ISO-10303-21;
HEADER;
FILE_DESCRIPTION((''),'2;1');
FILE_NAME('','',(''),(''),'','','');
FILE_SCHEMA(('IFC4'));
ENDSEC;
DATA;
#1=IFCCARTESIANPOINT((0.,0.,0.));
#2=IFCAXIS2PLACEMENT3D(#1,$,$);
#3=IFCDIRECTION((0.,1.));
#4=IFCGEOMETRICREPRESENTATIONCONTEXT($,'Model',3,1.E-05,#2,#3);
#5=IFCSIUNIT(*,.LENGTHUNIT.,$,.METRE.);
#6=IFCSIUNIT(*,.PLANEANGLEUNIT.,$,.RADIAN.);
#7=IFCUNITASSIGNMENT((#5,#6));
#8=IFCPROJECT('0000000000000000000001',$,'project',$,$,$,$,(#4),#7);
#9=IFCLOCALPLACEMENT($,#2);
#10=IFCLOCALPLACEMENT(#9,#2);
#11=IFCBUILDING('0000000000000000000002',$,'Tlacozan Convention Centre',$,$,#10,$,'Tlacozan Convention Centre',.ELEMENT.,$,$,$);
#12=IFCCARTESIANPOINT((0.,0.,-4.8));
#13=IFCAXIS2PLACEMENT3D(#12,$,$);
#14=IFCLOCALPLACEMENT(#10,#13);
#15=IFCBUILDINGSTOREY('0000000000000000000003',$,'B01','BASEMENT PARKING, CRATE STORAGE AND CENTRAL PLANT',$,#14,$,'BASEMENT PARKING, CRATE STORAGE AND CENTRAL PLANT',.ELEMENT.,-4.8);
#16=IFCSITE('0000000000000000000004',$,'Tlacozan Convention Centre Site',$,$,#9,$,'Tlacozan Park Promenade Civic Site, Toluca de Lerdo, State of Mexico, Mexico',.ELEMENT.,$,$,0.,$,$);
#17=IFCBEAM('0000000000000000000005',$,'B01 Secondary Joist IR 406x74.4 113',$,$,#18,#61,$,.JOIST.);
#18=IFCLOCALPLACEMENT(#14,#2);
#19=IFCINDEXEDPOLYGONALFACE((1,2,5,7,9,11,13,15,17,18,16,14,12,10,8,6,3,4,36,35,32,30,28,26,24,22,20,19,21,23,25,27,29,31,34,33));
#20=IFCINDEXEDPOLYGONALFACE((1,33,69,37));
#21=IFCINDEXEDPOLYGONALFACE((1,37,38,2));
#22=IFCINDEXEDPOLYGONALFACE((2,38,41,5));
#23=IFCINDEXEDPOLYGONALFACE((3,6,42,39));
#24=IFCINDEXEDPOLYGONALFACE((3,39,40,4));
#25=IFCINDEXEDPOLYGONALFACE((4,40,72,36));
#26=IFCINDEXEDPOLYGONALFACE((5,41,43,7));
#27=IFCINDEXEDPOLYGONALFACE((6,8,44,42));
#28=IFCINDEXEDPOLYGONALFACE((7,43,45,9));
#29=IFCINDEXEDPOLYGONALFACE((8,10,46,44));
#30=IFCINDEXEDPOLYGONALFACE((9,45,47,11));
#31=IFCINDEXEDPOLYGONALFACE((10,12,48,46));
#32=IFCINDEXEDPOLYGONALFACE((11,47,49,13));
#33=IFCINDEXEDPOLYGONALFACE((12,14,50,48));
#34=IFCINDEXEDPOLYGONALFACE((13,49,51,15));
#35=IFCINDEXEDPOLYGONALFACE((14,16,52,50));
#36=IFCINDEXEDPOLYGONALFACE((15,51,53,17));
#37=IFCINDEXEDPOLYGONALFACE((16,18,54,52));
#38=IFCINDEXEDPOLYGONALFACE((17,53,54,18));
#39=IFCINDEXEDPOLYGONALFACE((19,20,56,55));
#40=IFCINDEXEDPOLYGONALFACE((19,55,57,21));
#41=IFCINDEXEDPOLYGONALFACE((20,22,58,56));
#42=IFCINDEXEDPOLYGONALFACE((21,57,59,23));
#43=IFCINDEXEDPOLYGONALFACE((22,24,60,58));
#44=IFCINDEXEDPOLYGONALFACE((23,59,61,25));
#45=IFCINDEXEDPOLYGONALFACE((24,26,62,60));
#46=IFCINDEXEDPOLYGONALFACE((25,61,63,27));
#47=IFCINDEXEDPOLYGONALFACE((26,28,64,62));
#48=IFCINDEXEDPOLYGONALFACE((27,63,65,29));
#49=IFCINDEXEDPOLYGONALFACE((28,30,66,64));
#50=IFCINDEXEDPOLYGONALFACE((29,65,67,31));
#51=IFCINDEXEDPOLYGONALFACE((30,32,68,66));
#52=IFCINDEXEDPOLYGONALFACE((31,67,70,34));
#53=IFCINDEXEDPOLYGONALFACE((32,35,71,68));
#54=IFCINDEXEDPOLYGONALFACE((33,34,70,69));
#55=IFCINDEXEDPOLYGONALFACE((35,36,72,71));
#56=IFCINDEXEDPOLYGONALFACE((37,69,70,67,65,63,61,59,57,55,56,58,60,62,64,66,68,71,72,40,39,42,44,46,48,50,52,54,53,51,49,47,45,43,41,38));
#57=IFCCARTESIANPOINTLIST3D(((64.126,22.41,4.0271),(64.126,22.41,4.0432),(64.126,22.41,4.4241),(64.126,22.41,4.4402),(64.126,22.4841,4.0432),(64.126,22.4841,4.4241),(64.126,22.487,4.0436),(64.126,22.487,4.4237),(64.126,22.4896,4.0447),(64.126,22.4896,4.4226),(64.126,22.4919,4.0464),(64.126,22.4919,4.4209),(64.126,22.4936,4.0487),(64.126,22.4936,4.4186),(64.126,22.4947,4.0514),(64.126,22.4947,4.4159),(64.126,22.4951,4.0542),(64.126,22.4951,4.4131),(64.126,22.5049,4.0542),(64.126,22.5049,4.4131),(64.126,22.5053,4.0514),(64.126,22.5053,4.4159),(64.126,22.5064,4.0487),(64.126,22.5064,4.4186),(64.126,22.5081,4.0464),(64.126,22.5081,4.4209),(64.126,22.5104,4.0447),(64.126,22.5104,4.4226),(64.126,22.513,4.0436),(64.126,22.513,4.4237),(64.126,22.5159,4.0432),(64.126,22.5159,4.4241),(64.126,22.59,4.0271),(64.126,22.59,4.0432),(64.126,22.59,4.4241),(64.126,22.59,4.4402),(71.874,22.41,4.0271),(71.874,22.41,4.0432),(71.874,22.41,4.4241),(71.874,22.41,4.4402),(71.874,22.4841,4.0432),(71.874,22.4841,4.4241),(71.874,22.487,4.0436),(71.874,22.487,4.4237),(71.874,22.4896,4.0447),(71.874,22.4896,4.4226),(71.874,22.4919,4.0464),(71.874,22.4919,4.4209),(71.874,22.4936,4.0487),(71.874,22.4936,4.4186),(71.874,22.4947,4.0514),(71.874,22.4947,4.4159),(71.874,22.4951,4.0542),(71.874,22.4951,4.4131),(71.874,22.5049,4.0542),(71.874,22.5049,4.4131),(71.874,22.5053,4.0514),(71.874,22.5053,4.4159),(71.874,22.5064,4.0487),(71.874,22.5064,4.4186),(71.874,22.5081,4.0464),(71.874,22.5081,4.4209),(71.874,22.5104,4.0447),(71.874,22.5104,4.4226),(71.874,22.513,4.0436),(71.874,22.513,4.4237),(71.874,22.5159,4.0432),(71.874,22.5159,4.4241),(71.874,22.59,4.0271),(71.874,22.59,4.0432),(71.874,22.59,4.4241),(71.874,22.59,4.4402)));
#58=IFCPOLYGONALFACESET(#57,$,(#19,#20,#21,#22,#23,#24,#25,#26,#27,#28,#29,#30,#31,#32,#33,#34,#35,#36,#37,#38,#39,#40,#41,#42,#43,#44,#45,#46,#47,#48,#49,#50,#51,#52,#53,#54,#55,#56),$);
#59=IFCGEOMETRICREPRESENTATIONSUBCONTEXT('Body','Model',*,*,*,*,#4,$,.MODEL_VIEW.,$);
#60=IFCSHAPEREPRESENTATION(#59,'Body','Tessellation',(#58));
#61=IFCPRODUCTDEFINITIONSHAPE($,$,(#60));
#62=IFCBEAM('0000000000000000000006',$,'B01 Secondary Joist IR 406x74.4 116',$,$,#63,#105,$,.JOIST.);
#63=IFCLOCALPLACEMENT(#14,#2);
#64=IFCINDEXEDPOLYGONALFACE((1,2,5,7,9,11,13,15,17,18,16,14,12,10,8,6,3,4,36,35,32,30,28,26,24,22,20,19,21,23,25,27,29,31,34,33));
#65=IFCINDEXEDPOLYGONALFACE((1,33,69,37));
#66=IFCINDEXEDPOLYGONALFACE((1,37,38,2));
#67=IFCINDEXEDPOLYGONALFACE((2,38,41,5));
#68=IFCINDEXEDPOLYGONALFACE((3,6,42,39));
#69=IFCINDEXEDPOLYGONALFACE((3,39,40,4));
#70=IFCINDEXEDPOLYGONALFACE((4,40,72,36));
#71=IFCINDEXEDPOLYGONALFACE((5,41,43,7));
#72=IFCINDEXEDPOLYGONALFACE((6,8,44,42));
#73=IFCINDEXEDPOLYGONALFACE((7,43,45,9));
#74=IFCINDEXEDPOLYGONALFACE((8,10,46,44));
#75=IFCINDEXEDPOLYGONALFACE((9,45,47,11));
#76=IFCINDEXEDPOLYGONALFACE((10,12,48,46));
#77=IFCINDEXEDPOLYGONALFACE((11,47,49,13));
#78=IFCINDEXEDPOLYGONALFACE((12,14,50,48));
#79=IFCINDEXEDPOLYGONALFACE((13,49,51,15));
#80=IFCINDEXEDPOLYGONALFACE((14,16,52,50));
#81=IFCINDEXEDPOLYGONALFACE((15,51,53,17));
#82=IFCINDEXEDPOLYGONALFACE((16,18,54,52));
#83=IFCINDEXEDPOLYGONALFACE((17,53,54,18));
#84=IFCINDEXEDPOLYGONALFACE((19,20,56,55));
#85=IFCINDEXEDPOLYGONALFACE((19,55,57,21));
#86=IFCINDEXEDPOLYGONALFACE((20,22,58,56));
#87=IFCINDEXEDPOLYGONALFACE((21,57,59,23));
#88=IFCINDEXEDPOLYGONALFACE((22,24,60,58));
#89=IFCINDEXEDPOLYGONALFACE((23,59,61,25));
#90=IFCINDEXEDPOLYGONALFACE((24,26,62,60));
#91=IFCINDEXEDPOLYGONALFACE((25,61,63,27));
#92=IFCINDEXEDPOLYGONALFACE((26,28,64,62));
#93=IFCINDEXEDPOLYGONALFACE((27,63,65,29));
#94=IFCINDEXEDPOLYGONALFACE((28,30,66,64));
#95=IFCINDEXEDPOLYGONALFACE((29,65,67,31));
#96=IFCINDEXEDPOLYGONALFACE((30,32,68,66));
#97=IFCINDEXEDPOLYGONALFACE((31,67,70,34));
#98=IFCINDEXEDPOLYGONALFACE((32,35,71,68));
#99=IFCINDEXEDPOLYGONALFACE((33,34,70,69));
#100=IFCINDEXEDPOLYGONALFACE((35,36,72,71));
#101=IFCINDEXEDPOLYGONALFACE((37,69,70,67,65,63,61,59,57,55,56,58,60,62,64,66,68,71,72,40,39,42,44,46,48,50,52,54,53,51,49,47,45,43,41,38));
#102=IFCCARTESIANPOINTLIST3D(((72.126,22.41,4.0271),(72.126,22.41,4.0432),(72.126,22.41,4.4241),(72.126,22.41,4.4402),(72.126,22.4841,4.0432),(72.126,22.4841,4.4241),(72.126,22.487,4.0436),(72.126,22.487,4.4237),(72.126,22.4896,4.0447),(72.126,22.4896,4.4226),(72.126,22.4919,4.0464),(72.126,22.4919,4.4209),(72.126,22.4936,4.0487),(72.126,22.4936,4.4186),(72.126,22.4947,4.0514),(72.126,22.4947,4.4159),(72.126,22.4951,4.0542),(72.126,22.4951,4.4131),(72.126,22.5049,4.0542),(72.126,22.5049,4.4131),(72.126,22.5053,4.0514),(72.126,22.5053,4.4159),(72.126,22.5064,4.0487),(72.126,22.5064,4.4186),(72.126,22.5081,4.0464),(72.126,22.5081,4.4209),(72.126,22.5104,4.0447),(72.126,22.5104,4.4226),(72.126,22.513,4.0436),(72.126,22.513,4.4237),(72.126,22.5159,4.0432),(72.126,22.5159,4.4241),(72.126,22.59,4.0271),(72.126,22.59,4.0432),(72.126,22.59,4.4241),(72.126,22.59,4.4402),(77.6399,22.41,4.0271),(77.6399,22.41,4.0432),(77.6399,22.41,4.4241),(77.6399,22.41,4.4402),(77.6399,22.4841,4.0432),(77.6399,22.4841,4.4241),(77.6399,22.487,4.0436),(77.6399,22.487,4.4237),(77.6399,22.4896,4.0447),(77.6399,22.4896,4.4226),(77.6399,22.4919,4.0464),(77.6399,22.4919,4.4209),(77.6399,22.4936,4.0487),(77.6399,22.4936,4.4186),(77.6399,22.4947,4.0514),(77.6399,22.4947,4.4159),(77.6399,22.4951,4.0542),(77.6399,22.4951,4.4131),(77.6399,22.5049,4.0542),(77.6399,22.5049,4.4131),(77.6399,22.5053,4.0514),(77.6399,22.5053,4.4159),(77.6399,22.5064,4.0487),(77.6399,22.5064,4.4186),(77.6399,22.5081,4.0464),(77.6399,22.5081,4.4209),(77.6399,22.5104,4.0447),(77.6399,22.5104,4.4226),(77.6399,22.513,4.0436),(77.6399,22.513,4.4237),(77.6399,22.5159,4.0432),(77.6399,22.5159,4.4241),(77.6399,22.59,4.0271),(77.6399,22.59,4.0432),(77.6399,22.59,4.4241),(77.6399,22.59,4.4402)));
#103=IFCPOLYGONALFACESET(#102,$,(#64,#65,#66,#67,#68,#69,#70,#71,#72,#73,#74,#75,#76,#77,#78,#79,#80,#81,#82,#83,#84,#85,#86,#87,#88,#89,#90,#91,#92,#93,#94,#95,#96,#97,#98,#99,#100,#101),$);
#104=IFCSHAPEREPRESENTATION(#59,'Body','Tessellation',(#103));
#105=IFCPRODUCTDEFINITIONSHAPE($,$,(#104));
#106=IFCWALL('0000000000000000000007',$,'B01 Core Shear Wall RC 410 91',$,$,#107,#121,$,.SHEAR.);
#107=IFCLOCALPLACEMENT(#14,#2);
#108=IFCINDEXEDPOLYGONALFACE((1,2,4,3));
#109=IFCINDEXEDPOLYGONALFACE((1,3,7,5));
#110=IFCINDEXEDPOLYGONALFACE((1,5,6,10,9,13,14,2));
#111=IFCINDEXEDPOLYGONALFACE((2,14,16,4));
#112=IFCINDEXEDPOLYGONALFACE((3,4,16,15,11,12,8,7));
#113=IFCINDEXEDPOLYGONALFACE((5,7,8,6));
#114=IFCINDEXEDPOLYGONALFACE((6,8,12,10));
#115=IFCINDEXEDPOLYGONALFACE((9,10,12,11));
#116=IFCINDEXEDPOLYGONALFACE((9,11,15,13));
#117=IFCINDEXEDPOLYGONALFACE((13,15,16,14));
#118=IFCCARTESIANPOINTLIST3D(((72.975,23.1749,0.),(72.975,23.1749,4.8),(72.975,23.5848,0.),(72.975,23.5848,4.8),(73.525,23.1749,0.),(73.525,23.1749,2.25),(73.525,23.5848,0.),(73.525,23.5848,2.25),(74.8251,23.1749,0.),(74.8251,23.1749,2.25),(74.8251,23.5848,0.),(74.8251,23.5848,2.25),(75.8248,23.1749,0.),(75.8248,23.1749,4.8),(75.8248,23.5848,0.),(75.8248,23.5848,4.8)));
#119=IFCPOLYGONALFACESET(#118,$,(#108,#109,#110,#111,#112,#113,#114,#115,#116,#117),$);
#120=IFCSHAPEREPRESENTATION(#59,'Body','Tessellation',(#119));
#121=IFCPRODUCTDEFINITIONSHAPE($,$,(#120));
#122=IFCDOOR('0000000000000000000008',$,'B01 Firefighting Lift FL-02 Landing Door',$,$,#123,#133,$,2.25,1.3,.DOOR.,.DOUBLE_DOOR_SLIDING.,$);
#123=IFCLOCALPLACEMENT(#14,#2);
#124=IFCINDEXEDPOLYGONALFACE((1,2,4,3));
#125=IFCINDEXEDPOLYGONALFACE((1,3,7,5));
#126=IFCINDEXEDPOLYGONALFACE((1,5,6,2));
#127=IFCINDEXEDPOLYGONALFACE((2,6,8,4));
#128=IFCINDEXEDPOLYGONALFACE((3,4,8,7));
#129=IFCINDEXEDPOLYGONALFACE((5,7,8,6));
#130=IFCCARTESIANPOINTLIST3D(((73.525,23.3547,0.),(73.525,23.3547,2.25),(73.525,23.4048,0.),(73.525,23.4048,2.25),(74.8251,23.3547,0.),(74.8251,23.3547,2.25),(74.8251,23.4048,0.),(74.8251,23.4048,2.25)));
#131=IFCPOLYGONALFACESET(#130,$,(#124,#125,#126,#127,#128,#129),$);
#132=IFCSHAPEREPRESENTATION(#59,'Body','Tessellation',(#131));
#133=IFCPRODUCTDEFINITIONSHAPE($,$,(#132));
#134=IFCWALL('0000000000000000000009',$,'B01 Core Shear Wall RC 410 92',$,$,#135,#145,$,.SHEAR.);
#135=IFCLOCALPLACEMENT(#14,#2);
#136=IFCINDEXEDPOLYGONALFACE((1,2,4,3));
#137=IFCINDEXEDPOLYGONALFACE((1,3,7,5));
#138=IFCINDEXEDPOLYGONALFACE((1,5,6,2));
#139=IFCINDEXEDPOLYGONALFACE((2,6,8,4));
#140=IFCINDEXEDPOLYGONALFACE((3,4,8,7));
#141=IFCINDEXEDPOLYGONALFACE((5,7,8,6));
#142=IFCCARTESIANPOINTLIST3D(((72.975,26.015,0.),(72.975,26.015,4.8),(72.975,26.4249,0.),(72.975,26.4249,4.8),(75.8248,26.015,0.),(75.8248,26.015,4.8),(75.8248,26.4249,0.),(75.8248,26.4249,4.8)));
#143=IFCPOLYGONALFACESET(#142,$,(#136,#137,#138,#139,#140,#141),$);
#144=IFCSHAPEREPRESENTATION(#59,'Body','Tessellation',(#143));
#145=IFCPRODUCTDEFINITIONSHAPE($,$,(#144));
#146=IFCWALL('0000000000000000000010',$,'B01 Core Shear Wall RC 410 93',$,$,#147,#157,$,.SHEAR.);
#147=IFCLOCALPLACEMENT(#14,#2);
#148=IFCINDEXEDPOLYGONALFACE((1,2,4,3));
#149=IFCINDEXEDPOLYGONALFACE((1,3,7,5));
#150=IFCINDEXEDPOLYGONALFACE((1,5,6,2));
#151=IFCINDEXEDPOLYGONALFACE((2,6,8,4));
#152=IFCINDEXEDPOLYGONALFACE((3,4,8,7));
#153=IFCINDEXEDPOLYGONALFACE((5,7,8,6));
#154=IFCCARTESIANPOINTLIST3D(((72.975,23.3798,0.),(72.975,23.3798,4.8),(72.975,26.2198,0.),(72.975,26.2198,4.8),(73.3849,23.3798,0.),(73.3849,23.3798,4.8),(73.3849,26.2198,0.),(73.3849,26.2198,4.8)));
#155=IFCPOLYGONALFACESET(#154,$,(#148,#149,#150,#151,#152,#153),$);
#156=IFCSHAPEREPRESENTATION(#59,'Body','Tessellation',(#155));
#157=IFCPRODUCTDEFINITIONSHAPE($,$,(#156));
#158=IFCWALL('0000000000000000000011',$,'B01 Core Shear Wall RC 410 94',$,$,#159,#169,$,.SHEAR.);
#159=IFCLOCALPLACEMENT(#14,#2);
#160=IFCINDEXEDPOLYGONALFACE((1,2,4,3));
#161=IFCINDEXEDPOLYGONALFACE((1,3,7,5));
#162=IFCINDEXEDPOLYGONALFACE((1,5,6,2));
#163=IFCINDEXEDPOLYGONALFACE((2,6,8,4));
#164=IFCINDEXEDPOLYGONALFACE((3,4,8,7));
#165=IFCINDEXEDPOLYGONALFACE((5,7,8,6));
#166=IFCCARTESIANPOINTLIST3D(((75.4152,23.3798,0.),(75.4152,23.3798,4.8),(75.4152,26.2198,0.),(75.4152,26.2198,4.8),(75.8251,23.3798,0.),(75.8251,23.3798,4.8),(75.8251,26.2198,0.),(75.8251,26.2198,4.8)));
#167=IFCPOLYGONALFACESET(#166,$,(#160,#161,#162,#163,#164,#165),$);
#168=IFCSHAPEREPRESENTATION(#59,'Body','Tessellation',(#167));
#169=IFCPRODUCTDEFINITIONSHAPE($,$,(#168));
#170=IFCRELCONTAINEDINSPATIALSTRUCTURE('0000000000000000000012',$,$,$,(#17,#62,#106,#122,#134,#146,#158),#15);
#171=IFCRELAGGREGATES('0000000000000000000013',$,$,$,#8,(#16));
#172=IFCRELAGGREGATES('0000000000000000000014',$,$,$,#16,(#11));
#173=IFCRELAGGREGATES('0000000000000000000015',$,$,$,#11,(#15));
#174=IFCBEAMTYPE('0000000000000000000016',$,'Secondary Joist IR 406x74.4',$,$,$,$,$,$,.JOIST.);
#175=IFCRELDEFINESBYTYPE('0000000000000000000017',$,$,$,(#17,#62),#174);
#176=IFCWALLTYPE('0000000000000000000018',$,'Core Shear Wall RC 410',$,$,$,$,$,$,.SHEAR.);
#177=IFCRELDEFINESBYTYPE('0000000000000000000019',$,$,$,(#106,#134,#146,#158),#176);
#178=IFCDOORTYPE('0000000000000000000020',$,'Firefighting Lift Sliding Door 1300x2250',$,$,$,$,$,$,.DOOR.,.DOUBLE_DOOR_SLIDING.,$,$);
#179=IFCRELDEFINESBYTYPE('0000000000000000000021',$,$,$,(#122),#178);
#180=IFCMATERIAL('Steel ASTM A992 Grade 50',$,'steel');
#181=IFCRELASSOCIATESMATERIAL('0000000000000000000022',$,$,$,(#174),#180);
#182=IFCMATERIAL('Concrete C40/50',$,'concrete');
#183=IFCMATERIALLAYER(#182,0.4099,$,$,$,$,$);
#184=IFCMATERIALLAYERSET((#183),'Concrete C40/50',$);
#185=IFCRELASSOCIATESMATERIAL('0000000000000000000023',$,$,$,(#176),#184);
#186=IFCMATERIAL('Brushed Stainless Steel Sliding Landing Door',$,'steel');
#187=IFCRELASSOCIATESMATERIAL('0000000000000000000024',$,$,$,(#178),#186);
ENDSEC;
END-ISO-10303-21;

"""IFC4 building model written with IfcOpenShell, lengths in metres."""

from ifc_helpers import new_model, si_unit, direction, frame, frame_2d, origin, origin_2d, place, context, subcontext, project, spatial, rectangle, i_section, extrude, material, layer, layer_set, material_profile, profile_set, type_object, element, fill, save


model = new_model("IFC4")

# Units and contexts
model_context = context("Model", 3, precision=1e-05, world=origin(), true_north=direction((0.0, 1.0)))
body_context = subcontext(model_context, "Body", "Model", "MODEL_VIEW")
ifc_project = project(units=[si_unit("LENGTHUNIT", "METRE"), si_unit("PLANEANGLEUNIT", "RADIAN")], contexts=[model_context])

# Site, building, storey
site_placement = place(None, origin())
site = spatial("IfcSite", under=ifc_project, at=site_placement, Name="Tlacozan Convention Centre Site", LongName="Tlacozan Park Promenade Civic Site, Toluca de Lerdo, State of Mexico, Mexico", CompositionType="ELEMENT", RefElevation=0.0)
building_placement = place(site_placement, origin())
building = spatial("IfcBuilding", under=site, at=building_placement, Name="Tlacozan Convention Centre", LongName="Tlacozan Convention Centre", CompositionType="ELEMENT")
storey_placement = place(building_placement, frame((0.0, 0.0, -4.8)))
storey = spatial("IfcBuildingStorey", under=building, at=storey_placement, Name="B01", Description="BASEMENT PARKING, CRATE STORAGE AND CENTRAL PLANT", LongName="BASEMENT PARKING, CRATE STORAGE AND CENTRAL PLANT", CompositionType="ELEMENT", Elevation=-4.8)

# Shared definitions
ifc_material_1 = material(Name="Concrete C40/50", Category="concrete")

# Beams
ifc_material_2 = material(Name="Steel ASTM A992 Grade 50", Category="steel")
ifc_material_profile_1 = material_profile(ifc_material_2, i_section(OverallWidth=0.1799, OverallDepth=0.4131, WebThickness=0.0098, FlangeThickness=0.0161, FilletRadius=0.011, at=origin_2d()), Name="IR 406x74.4")
ifc_profile_set_1 = profile_set([ifc_material_profile_1], Name="Steel ASTM A992 Grade 50")
beam_type_1 = type_object("IfcBeamType", Name="Secondary Joist IR 406x74.4", PredefinedType="JOIST", material=ifc_profile_set_1)
beam_1_placement = place(storey_placement, frame((64.126, 22.5, 4.2336), z_axis=(1.0, 0.0, 0.0), x_axis=(0.0, 1.0, 0.0)))
element("IfcBeam", 1, at=beam_1_placement, inside=storey, type_object=beam_type_1, Name="B01 Secondary Joist IR 406x74.4 113", PredefinedType="JOIST", context=body_context, shape_type="SweptSolid", body=[
    extrude(i_section(OverallWidth=0.1799, OverallDepth=0.4131, WebThickness=0.0098, FlangeThickness=0.0161, FilletRadius=0.011, at=origin_2d()), origin(), (0.0, 0.0, 1.0), 7.748),
])
beam_2_placement = place(storey_placement, frame((72.126, 22.5, 4.2336), z_axis=(1.0, 0.0, 0.0), x_axis=(0.0, 1.0, 0.0)))
element("IfcBeam", 2, at=beam_2_placement, inside=storey, type_object=beam_type_1, Name="B01 Secondary Joist IR 406x74.4 116", PredefinedType="JOIST", context=body_context, shape_type="SweptSolid", body=[
    extrude(i_section(OverallWidth=0.1799, OverallDepth=0.4131, WebThickness=0.0098, FlangeThickness=0.0161, FilletRadius=0.011, at=origin_2d()), origin(), (0.0, 0.0, 1.0), 5.5139),
])

# Wall, opening, door
ifc_layer_1 = layer(ifc_material_1, 0.4099)
ifc_layer_set_1 = layer_set([ifc_layer_1], Name="Concrete C40/50")
wall_type_1 = type_object("IfcWallType", Name="Core Shear Wall RC 410", PredefinedType="SHEAR", material=ifc_layer_set_1)
wall_1_placement = place(storey_placement, frame((72.9751, 23.3799, 0.0), z_axis=(0.0, 0.0, 1.0), x_axis=(1.0, 0.0, 0.0)))
wall_1 = element("IfcWall", 3, at=wall_1_placement, inside=storey, type_object=wall_type_1, Name="B01 Core Shear Wall RC 410 91", PredefinedType="SHEAR", context=body_context, shape_type="SweptSolid", body=[
    extrude(rectangle(XDim=2.8499, YDim=0.4099, at=frame_2d((1.4248, 0.0))), origin(), (0.0, 0.0, 1.0), 4.8),
])
opening_1_placement = place(wall_1_placement, frame((0.55, 0.0, 0.0)))
opening_1 = element("IfcOpeningElement", 4, at=opening_1_placement, cuts=wall_1, PredefinedType="OPENING", context=body_context, shape_type="SweptSolid", body=[
    extrude(rectangle(XDim=1.3, YDim=2.25, at=frame_2d((0.6499, 1.125))), frame((0.0, 0.2148, 0.0), z_axis=(0.0, -1.0, 0.0), x_axis=(1.0, 0.0, 0.0)), (0.0, 0.0, 1.0), 0.4299),
])
ifc_material_3 = material(Name="Brushed Stainless Steel Sliding Landing Door", Category="steel")
door_type_1 = type_object("IfcDoorType", Name="Firefighting Lift Sliding Door 1300x2250", OperationType="DOUBLE_DOOR_SLIDING", PredefinedType="DOOR", material=ifc_material_3)
door_1_placement = place(opening_1_placement, origin())
door_1 = element("IfcDoor", 5, at=door_1_placement, inside=storey, type_object=door_type_1, Name="B01 Firefighting Lift FL-02 Landing Door", OperationType="DOUBLE_DOOR_SLIDING", OverallHeight=2.25, OverallWidth=1.3, PredefinedType="DOOR", context=body_context, shape_type="SweptSolid", body=[
    extrude(rectangle(XDim=1.3, YDim=2.25, at=frame_2d((0.6499, 1.125))), frame((0.0, 0.0249, 0.0), z_axis=(0.0, -1.0, 0.0), x_axis=(1.0, 0.0, 0.0)), (0.0, 0.0, 1.0), 0.05),
])
fill(opening_1, door_1)

# Walls
wall_2_placement = place(storey_placement, frame((72.9751, 26.22, 0.0), z_axis=(0.0, 0.0, 1.0), x_axis=(1.0, 0.0, 0.0)))
element("IfcWall", 6, at=wall_2_placement, inside=storey, type_object=wall_type_1, Name="B01 Core Shear Wall RC 410 92", PredefinedType="SHEAR", context=body_context, shape_type="SweptSolid", body=[
    extrude(rectangle(XDim=2.8499, YDim=0.4099, at=frame_2d((1.4248, 0.0))), origin(), (0.0, 0.0, 1.0), 4.8),
])
for number, where, z_axis, x_axis, name in (
    (7, (73.1799, 23.3799, 0.0), (0.0, 0.0, 1.0), (0.0, 1.0, 0.0), "B01 Core Shear Wall RC 410 93"),
    (8, (75.6201, 23.3799, 0.0), (0.0, 0.0, 1.0), (0.0, 1.0, 0.0), "B01 Core Shear Wall RC 410 94"),
):
    element("IfcWall", number, at=place(storey_placement, frame(where, z_axis=z_axis, x_axis=x_axis)), inside=storey, type_object=wall_type_1, Name=name, PredefinedType="SHEAR", context=body_context, shape_type="SweptSolid", body=[
        extrude(rectangle(XDim=2.8401, YDim=0.4099, at=frame_2d((1.4199, 0.0))), origin(), (0.0, 0.0, 1.0), 4.8),
    ])

save(model, "model.ifc")
